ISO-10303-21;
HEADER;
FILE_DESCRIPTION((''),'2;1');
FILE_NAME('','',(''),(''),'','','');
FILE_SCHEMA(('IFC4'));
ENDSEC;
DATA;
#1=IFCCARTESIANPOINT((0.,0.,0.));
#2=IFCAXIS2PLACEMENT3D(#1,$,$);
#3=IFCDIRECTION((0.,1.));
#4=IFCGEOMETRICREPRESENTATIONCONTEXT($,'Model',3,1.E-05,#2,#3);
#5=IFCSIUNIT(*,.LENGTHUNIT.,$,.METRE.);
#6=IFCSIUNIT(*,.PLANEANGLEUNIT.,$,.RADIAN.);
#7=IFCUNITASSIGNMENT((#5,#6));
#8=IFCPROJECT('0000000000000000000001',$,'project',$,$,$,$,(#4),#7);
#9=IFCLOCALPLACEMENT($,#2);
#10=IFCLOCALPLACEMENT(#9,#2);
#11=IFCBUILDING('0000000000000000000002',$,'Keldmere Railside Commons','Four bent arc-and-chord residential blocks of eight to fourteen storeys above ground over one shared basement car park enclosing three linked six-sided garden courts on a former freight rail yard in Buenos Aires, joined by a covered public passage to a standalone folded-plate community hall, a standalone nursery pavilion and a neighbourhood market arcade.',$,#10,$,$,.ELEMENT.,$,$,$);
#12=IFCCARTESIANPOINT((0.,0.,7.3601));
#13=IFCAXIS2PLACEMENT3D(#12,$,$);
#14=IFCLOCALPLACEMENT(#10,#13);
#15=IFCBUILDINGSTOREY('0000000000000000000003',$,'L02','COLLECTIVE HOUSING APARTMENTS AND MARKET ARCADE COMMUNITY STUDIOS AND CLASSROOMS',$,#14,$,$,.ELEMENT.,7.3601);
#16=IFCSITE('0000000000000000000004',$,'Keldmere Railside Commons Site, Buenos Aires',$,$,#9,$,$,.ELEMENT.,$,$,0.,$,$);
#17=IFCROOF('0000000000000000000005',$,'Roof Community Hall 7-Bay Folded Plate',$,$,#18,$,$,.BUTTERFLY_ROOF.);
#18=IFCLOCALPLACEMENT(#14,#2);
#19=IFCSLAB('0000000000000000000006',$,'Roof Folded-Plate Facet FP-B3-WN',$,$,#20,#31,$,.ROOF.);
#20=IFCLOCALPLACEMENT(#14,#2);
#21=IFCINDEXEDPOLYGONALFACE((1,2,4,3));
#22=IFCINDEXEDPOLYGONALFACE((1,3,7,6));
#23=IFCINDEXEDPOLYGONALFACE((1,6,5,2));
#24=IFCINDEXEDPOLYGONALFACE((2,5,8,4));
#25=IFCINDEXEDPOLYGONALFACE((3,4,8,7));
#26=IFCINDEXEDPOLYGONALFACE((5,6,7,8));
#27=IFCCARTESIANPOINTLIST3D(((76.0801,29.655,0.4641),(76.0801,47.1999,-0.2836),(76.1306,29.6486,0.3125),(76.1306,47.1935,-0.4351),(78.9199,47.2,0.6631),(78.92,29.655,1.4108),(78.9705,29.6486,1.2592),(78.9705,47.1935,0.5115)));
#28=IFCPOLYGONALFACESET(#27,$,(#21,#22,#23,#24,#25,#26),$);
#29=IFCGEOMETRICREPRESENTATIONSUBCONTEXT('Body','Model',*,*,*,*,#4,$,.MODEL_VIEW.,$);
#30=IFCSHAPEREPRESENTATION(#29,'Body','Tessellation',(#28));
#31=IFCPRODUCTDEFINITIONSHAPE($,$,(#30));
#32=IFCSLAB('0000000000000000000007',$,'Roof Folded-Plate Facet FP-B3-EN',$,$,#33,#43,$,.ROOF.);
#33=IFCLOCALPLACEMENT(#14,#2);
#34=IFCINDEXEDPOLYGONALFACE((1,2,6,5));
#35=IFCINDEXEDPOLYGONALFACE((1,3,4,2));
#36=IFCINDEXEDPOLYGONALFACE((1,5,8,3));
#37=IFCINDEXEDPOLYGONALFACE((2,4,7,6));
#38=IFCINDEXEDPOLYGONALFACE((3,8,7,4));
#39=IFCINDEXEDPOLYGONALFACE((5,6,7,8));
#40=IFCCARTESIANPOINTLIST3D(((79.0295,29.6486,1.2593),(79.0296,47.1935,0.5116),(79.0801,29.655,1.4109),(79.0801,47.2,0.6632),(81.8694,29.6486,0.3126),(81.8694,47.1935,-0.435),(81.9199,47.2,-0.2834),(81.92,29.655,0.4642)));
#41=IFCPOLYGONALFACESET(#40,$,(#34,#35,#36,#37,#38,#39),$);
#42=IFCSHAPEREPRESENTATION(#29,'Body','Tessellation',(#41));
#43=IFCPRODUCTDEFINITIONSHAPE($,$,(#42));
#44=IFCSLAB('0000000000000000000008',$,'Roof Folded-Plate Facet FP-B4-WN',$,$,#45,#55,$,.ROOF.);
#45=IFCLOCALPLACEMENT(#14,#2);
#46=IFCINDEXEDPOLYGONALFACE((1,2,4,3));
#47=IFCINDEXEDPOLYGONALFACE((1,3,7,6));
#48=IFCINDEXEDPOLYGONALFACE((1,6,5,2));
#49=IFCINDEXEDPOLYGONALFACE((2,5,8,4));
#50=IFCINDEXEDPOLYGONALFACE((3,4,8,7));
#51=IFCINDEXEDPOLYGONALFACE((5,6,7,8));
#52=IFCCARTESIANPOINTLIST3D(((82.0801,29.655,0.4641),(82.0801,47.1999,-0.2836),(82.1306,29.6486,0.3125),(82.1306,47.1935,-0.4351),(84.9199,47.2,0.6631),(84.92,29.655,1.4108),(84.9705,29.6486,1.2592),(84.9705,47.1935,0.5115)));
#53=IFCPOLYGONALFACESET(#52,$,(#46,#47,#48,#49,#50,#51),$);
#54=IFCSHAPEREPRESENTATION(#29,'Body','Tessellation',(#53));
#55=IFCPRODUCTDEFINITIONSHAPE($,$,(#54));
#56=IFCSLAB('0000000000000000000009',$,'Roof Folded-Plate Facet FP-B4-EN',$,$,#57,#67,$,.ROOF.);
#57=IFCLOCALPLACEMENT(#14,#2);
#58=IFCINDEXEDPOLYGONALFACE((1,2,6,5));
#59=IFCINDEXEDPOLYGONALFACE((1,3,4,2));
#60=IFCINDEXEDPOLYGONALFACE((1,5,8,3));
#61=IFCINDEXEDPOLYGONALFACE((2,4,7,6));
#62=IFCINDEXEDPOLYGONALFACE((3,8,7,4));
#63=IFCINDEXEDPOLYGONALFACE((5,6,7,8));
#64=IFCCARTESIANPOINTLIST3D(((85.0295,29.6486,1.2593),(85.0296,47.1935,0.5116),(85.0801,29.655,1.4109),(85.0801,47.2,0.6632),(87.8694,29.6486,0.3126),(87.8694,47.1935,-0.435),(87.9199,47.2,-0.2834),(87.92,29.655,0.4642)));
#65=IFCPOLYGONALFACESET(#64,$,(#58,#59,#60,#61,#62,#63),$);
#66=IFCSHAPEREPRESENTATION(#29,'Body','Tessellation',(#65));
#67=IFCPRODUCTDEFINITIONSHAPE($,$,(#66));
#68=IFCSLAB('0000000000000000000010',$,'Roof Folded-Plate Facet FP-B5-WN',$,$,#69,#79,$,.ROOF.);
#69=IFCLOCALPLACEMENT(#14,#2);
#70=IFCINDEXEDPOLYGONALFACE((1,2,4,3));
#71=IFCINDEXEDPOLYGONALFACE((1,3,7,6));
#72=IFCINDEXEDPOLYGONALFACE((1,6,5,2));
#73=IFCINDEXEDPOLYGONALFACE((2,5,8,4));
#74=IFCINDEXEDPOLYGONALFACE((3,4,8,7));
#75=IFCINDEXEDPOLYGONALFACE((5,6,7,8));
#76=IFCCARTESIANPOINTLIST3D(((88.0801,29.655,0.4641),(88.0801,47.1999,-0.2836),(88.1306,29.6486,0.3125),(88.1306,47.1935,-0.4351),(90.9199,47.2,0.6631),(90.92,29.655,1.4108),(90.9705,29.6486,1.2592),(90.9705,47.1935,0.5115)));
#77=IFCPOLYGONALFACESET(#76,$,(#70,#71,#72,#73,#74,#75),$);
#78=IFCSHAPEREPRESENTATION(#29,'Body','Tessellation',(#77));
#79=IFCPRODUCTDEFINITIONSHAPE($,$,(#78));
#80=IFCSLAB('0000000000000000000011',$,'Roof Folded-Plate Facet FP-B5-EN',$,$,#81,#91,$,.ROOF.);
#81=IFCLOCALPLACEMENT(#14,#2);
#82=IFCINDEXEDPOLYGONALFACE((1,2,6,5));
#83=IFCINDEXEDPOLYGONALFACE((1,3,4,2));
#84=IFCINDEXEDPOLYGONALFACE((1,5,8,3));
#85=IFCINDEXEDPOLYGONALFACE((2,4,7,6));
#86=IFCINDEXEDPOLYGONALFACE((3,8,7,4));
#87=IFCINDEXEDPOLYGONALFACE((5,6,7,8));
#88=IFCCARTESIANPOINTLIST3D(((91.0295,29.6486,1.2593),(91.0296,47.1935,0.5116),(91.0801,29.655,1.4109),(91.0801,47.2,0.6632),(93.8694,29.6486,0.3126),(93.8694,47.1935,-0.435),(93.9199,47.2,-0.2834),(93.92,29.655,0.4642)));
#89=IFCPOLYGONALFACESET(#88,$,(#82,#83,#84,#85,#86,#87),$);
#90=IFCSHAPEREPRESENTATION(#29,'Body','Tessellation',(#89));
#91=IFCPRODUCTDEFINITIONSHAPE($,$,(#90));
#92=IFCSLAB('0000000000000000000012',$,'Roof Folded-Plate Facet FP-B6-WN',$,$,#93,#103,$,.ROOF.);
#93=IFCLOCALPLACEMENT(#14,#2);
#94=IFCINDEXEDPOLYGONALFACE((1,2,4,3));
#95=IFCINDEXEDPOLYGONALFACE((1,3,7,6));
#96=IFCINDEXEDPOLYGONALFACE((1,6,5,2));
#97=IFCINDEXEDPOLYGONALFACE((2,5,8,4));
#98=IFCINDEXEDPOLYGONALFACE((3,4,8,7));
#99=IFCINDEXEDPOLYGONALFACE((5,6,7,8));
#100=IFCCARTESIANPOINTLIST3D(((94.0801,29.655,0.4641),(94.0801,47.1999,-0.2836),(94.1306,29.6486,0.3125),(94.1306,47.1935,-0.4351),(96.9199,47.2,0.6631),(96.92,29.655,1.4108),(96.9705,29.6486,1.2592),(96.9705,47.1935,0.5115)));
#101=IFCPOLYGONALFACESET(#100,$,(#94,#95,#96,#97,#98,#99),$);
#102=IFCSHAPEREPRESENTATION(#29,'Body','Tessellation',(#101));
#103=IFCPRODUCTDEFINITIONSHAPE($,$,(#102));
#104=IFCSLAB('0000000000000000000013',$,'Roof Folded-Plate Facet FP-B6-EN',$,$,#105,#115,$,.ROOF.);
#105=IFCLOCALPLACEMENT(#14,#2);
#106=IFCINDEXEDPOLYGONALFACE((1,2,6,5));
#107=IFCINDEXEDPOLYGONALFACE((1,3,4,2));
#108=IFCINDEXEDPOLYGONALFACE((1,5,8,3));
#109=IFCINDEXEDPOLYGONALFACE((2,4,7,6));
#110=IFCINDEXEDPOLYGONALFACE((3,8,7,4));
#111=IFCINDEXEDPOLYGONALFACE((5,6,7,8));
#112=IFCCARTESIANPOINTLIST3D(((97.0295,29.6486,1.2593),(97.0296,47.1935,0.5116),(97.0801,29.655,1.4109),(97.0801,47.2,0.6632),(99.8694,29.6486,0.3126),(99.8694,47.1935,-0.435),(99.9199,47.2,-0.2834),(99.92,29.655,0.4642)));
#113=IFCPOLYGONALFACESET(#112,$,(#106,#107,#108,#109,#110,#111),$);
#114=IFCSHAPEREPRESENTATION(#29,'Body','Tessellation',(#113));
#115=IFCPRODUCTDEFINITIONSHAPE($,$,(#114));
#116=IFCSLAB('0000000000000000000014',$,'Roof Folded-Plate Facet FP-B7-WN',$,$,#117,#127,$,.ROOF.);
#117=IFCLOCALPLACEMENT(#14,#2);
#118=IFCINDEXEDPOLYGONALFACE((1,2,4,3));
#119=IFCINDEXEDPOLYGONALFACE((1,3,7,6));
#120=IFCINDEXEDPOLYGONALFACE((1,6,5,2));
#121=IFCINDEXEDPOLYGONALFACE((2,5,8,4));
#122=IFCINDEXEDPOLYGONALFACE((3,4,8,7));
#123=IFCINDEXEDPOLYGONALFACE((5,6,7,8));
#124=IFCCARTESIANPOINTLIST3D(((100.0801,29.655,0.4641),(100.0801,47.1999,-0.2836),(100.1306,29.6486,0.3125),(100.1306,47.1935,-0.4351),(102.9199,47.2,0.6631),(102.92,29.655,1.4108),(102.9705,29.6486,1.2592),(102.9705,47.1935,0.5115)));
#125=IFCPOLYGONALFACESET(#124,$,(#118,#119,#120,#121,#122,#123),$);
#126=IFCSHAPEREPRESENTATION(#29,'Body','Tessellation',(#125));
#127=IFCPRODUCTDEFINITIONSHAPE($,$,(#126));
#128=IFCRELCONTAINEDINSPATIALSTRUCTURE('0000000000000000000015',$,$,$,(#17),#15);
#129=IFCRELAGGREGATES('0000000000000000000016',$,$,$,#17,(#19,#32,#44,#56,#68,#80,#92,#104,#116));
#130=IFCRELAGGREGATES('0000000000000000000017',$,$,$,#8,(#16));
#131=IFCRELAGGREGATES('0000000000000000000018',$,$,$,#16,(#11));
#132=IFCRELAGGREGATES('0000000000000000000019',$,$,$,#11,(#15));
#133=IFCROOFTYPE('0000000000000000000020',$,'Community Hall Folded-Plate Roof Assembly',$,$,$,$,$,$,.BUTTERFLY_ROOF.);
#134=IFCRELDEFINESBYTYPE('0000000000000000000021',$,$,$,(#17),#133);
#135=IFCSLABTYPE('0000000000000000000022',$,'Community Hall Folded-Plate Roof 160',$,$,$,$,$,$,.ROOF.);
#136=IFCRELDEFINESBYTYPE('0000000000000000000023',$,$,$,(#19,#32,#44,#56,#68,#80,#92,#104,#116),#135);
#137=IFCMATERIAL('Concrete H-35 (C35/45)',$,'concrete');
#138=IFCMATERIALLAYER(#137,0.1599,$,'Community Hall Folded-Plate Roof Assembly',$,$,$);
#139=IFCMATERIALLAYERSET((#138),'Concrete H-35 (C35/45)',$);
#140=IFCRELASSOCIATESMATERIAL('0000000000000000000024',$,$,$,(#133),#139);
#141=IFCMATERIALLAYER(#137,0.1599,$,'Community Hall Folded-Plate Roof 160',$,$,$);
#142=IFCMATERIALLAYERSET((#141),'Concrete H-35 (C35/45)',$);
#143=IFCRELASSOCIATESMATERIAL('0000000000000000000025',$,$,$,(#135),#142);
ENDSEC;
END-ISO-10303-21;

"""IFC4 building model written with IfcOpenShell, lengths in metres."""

from ifc_helpers import new_model, si_unit, direction, frame, origin, place, context, subcontext, project, spatial, polyline, outline, extrude, material, layer, layer_set, type_object, element, aggregate, save


model = new_model("IFC4")

# Units and contexts
model_context = context("Model", 3, precision=1e-05, world=origin(), true_north=direction((0.0, 1.0)))
body_context = subcontext(model_context, "Body", "Model", "MODEL_VIEW")
ifc_project = project(units=[si_unit("LENGTHUNIT", "METRE"), si_unit("PLANEANGLEUNIT", "RADIAN")], contexts=[model_context])

# Site, building, storey
site_placement = place(None, origin())
site = spatial("IfcSite", under=ifc_project, at=site_placement, Name="Keldmere Railside Commons Site, Buenos Aires", CompositionType="ELEMENT", RefElevation=0.0)
building_placement = place(site_placement, origin())
building = spatial("IfcBuilding", under=site, at=building_placement, Name="Keldmere Railside Commons", Description="Four bent arc-and-chord residential blocks of eight to fourteen storeys above ground over one shared basement car park enclosing three linked six-sided garden courts on a former freight rail yard in Buenos Aires, joined by a covered public passage to a standalone folded-plate community hall, a standalone nursery pavilion and a neighbourhood market arcade.", CompositionType="ELEMENT")
storey_placement = place(building_placement, frame((0.0, 0.0, 7.3601)))
storey = spatial("IfcBuildingStorey", under=building, at=storey_placement, Name="L02", Description="COLLECTIVE HOUSING APARTMENTS AND MARKET ARCADE COMMUNITY STUDIOS AND CLASSROOMS", CompositionType="ELEMENT", Elevation=7.3601)

# Roof, slabs
ifc_material_1 = material(Name="Concrete H-35 (C35/45)", Category="concrete")
ifc_layer_1 = layer(ifc_material_1, 0.1599, Name="Community Hall Folded-Plate Roof Assembly")
ifc_layer_set_1 = layer_set([ifc_layer_1], Name="Concrete H-35 (C35/45)")
roof_type = type_object("IfcRoofType", Name="Community Hall Folded-Plate Roof Assembly", PredefinedType="BUTTERFLY_ROOF", material=ifc_layer_set_1)
roof_placement = place(storey_placement, origin())
roof = element("IfcRoof", 1, at=roof_placement, inside=storey, type_object=roof_type, Name="Roof Community Hall 7-Bay Folded Plate", PredefinedType="BUTTERFLY_ROOF")
ifc_layer_2 = layer(ifc_material_1, 0.1599, Name="Community Hall Folded-Plate Roof 160")
ifc_layer_set_2 = layer_set([ifc_layer_2], Name="Concrete H-35 (C35/45)")
slab_type = type_object("IfcSlabType", Name="Community Hall Folded-Plate Roof 160", PredefinedType="ROOF", material=ifc_layer_set_2)
slab_1_placement = place(storey_placement, frame((76.0801, 29.655, 0.4641), z_axis=(-0.315982, 0.040395, 0.947905), x_axis=(0.948679, -0.000002, 0.31624)))
slab_1 = element("IfcSlab", 2, at=slab_1_placement, type_object=slab_type, Name="Roof Folded-Plate Facet FP-B3-WN", PredefinedType="ROOF", context=body_context, shape_type="SweptSolid", body=[
    extrude(outline(polyline([(0.0, 0.0), (2.9935, 0.0), (2.757, 17.5593), (-0.2364, 17.5592), (0.0, 0.0)])), origin(), (0.0, 0.0, -1.0), 0.1599),
])
slab_2_placement = place(storey_placement, frame((79.0801, 29.655, 1.4109), z_axis=(0.315982, 0.040395, 0.947905), x_axis=(0.948679, 0.000002, -0.31624)))
slab_2 = element("IfcSlab", 3, at=slab_2_placement, type_object=slab_type, Name="Roof Folded-Plate Facet FP-B3-EN", PredefinedType="ROOF", context=body_context, shape_type="SweptSolid", body=[
    extrude(outline(polyline([(0.0, 0.0), (2.9935, 0.0), (3.2299, 17.5592), (0.2365, 17.5593), (0.0, 0.0)])), origin(), (0.0, 0.0, -1.0), 0.1599),
])
slab_3_placement = place(storey_placement, frame((82.0801, 29.655, 0.4641), z_axis=(-0.315982, 0.040395, 0.947905), x_axis=(0.948679, -0.000002, 0.31624)))
slab_3 = element("IfcSlab", 4, at=slab_3_placement, type_object=slab_type, Name="Roof Folded-Plate Facet FP-B4-WN", PredefinedType="ROOF", context=body_context, shape_type="SweptSolid", body=[
    extrude(outline(polyline([(0.0, 0.0), (2.9935, 0.0), (2.757, 17.5593), (-0.2364, 17.5592), (0.0, 0.0)])), origin(), (0.0, 0.0, -1.0), 0.1599),
])
slab_4_placement = place(storey_placement, frame((85.0801, 29.655, 1.4109), z_axis=(0.315982, 0.040395, 0.947905), x_axis=(0.948679, 0.000002, -0.31624)))
slab_4 = element("IfcSlab", 5, at=slab_4_placement, type_object=slab_type, Name="Roof Folded-Plate Facet FP-B4-EN", PredefinedType="ROOF", context=body_context, shape_type="SweptSolid", body=[
    extrude(outline(polyline([(0.0, 0.0), (2.9935, 0.0), (3.2299, 17.5592), (0.2365, 17.5593), (0.0, 0.0)])), origin(), (0.0, 0.0, -1.0), 0.1599),
])
slab_5_placement = place(storey_placement, frame((88.0801, 29.655, 0.4641), z_axis=(-0.315982, 0.040395, 0.947905), x_axis=(0.948679, -0.000002, 0.31624)))
slab_5 = element("IfcSlab", 6, at=slab_5_placement, type_object=slab_type, Name="Roof Folded-Plate Facet FP-B5-WN", PredefinedType="ROOF", context=body_context, shape_type="SweptSolid", body=[
    extrude(outline(polyline([(0.0, 0.0), (2.9935, 0.0), (2.757, 17.5593), (-0.2364, 17.5592), (0.0, 0.0)])), origin(), (0.0, 0.0, -1.0), 0.1599),
])
slab_6_placement = place(storey_placement, frame((91.0801, 29.655, 1.4109), z_axis=(0.315982, 0.040395, 0.947905), x_axis=(0.948679, 0.000002, -0.31624)))
slab_6 = element("IfcSlab", 7, at=slab_6_placement, type_object=slab_type, Name="Roof Folded-Plate Facet FP-B5-EN", PredefinedType="ROOF", context=body_context, shape_type="SweptSolid", body=[
    extrude(outline(polyline([(0.0, 0.0), (2.9935, 0.0), (3.2299, 17.5592), (0.2365, 17.5593), (0.0, 0.0)])), origin(), (0.0, 0.0, -1.0), 0.1599),
])
slab_7_placement = place(storey_placement, frame((94.0801, 29.655, 0.4641), z_axis=(-0.315982, 0.040395, 0.947905), x_axis=(0.948679, -0.000002, 0.31624)))
slab_7 = element("IfcSlab", 8, at=slab_7_placement, type_object=slab_type, Name="Roof Folded-Plate Facet FP-B6-WN", PredefinedType="ROOF", context=body_context, shape_type="SweptSolid", body=[
    extrude(outline(polyline([(0.0, 0.0), (2.9935, 0.0), (2.757, 17.5593), (-0.2364, 17.5592), (0.0, 0.0)])), origin(), (0.0, 0.0, -1.0), 0.1599),
])
slab_8_placement = place(storey_placement, frame((97.0801, 29.655, 1.4109), z_axis=(0.315982, 0.040395, 0.947905), x_axis=(0.948679, 0.000002, -0.31624)))
slab_8 = element("IfcSlab", 9, at=slab_8_placement, type_object=slab_type, Name="Roof Folded-Plate Facet FP-B6-EN", PredefinedType="ROOF", context=body_context, shape_type="SweptSolid", body=[
    extrude(outline(polyline([(0.0, 0.0), (2.9935, 0.0), (3.2299, 17.5592), (0.2365, 17.5593), (0.0, 0.0)])), origin(), (0.0, 0.0, -1.0), 0.1599),
])
slab_9_placement = place(storey_placement, frame((100.0801, 29.655, 0.4641), z_axis=(-0.315982, 0.040395, 0.947905), x_axis=(0.948679, -0.000002, 0.31624)))
slab_9 = element("IfcSlab", 10, at=slab_9_placement, type_object=slab_type, Name="Roof Folded-Plate Facet FP-B7-WN", PredefinedType="ROOF", context=body_context, shape_type="SweptSolid", body=[
    extrude(outline(polyline([(0.0, 0.0), (2.9935, 0.0), (2.757, 17.5593), (-0.2364, 17.5592), (0.0, 0.0)])), origin(), (0.0, 0.0, -1.0), 0.1599),
])
aggregate(roof, [slab_1, slab_2, slab_3, slab_4, slab_5, slab_6, slab_7, slab_8, slab_9])

save(model, "model.ifc")
